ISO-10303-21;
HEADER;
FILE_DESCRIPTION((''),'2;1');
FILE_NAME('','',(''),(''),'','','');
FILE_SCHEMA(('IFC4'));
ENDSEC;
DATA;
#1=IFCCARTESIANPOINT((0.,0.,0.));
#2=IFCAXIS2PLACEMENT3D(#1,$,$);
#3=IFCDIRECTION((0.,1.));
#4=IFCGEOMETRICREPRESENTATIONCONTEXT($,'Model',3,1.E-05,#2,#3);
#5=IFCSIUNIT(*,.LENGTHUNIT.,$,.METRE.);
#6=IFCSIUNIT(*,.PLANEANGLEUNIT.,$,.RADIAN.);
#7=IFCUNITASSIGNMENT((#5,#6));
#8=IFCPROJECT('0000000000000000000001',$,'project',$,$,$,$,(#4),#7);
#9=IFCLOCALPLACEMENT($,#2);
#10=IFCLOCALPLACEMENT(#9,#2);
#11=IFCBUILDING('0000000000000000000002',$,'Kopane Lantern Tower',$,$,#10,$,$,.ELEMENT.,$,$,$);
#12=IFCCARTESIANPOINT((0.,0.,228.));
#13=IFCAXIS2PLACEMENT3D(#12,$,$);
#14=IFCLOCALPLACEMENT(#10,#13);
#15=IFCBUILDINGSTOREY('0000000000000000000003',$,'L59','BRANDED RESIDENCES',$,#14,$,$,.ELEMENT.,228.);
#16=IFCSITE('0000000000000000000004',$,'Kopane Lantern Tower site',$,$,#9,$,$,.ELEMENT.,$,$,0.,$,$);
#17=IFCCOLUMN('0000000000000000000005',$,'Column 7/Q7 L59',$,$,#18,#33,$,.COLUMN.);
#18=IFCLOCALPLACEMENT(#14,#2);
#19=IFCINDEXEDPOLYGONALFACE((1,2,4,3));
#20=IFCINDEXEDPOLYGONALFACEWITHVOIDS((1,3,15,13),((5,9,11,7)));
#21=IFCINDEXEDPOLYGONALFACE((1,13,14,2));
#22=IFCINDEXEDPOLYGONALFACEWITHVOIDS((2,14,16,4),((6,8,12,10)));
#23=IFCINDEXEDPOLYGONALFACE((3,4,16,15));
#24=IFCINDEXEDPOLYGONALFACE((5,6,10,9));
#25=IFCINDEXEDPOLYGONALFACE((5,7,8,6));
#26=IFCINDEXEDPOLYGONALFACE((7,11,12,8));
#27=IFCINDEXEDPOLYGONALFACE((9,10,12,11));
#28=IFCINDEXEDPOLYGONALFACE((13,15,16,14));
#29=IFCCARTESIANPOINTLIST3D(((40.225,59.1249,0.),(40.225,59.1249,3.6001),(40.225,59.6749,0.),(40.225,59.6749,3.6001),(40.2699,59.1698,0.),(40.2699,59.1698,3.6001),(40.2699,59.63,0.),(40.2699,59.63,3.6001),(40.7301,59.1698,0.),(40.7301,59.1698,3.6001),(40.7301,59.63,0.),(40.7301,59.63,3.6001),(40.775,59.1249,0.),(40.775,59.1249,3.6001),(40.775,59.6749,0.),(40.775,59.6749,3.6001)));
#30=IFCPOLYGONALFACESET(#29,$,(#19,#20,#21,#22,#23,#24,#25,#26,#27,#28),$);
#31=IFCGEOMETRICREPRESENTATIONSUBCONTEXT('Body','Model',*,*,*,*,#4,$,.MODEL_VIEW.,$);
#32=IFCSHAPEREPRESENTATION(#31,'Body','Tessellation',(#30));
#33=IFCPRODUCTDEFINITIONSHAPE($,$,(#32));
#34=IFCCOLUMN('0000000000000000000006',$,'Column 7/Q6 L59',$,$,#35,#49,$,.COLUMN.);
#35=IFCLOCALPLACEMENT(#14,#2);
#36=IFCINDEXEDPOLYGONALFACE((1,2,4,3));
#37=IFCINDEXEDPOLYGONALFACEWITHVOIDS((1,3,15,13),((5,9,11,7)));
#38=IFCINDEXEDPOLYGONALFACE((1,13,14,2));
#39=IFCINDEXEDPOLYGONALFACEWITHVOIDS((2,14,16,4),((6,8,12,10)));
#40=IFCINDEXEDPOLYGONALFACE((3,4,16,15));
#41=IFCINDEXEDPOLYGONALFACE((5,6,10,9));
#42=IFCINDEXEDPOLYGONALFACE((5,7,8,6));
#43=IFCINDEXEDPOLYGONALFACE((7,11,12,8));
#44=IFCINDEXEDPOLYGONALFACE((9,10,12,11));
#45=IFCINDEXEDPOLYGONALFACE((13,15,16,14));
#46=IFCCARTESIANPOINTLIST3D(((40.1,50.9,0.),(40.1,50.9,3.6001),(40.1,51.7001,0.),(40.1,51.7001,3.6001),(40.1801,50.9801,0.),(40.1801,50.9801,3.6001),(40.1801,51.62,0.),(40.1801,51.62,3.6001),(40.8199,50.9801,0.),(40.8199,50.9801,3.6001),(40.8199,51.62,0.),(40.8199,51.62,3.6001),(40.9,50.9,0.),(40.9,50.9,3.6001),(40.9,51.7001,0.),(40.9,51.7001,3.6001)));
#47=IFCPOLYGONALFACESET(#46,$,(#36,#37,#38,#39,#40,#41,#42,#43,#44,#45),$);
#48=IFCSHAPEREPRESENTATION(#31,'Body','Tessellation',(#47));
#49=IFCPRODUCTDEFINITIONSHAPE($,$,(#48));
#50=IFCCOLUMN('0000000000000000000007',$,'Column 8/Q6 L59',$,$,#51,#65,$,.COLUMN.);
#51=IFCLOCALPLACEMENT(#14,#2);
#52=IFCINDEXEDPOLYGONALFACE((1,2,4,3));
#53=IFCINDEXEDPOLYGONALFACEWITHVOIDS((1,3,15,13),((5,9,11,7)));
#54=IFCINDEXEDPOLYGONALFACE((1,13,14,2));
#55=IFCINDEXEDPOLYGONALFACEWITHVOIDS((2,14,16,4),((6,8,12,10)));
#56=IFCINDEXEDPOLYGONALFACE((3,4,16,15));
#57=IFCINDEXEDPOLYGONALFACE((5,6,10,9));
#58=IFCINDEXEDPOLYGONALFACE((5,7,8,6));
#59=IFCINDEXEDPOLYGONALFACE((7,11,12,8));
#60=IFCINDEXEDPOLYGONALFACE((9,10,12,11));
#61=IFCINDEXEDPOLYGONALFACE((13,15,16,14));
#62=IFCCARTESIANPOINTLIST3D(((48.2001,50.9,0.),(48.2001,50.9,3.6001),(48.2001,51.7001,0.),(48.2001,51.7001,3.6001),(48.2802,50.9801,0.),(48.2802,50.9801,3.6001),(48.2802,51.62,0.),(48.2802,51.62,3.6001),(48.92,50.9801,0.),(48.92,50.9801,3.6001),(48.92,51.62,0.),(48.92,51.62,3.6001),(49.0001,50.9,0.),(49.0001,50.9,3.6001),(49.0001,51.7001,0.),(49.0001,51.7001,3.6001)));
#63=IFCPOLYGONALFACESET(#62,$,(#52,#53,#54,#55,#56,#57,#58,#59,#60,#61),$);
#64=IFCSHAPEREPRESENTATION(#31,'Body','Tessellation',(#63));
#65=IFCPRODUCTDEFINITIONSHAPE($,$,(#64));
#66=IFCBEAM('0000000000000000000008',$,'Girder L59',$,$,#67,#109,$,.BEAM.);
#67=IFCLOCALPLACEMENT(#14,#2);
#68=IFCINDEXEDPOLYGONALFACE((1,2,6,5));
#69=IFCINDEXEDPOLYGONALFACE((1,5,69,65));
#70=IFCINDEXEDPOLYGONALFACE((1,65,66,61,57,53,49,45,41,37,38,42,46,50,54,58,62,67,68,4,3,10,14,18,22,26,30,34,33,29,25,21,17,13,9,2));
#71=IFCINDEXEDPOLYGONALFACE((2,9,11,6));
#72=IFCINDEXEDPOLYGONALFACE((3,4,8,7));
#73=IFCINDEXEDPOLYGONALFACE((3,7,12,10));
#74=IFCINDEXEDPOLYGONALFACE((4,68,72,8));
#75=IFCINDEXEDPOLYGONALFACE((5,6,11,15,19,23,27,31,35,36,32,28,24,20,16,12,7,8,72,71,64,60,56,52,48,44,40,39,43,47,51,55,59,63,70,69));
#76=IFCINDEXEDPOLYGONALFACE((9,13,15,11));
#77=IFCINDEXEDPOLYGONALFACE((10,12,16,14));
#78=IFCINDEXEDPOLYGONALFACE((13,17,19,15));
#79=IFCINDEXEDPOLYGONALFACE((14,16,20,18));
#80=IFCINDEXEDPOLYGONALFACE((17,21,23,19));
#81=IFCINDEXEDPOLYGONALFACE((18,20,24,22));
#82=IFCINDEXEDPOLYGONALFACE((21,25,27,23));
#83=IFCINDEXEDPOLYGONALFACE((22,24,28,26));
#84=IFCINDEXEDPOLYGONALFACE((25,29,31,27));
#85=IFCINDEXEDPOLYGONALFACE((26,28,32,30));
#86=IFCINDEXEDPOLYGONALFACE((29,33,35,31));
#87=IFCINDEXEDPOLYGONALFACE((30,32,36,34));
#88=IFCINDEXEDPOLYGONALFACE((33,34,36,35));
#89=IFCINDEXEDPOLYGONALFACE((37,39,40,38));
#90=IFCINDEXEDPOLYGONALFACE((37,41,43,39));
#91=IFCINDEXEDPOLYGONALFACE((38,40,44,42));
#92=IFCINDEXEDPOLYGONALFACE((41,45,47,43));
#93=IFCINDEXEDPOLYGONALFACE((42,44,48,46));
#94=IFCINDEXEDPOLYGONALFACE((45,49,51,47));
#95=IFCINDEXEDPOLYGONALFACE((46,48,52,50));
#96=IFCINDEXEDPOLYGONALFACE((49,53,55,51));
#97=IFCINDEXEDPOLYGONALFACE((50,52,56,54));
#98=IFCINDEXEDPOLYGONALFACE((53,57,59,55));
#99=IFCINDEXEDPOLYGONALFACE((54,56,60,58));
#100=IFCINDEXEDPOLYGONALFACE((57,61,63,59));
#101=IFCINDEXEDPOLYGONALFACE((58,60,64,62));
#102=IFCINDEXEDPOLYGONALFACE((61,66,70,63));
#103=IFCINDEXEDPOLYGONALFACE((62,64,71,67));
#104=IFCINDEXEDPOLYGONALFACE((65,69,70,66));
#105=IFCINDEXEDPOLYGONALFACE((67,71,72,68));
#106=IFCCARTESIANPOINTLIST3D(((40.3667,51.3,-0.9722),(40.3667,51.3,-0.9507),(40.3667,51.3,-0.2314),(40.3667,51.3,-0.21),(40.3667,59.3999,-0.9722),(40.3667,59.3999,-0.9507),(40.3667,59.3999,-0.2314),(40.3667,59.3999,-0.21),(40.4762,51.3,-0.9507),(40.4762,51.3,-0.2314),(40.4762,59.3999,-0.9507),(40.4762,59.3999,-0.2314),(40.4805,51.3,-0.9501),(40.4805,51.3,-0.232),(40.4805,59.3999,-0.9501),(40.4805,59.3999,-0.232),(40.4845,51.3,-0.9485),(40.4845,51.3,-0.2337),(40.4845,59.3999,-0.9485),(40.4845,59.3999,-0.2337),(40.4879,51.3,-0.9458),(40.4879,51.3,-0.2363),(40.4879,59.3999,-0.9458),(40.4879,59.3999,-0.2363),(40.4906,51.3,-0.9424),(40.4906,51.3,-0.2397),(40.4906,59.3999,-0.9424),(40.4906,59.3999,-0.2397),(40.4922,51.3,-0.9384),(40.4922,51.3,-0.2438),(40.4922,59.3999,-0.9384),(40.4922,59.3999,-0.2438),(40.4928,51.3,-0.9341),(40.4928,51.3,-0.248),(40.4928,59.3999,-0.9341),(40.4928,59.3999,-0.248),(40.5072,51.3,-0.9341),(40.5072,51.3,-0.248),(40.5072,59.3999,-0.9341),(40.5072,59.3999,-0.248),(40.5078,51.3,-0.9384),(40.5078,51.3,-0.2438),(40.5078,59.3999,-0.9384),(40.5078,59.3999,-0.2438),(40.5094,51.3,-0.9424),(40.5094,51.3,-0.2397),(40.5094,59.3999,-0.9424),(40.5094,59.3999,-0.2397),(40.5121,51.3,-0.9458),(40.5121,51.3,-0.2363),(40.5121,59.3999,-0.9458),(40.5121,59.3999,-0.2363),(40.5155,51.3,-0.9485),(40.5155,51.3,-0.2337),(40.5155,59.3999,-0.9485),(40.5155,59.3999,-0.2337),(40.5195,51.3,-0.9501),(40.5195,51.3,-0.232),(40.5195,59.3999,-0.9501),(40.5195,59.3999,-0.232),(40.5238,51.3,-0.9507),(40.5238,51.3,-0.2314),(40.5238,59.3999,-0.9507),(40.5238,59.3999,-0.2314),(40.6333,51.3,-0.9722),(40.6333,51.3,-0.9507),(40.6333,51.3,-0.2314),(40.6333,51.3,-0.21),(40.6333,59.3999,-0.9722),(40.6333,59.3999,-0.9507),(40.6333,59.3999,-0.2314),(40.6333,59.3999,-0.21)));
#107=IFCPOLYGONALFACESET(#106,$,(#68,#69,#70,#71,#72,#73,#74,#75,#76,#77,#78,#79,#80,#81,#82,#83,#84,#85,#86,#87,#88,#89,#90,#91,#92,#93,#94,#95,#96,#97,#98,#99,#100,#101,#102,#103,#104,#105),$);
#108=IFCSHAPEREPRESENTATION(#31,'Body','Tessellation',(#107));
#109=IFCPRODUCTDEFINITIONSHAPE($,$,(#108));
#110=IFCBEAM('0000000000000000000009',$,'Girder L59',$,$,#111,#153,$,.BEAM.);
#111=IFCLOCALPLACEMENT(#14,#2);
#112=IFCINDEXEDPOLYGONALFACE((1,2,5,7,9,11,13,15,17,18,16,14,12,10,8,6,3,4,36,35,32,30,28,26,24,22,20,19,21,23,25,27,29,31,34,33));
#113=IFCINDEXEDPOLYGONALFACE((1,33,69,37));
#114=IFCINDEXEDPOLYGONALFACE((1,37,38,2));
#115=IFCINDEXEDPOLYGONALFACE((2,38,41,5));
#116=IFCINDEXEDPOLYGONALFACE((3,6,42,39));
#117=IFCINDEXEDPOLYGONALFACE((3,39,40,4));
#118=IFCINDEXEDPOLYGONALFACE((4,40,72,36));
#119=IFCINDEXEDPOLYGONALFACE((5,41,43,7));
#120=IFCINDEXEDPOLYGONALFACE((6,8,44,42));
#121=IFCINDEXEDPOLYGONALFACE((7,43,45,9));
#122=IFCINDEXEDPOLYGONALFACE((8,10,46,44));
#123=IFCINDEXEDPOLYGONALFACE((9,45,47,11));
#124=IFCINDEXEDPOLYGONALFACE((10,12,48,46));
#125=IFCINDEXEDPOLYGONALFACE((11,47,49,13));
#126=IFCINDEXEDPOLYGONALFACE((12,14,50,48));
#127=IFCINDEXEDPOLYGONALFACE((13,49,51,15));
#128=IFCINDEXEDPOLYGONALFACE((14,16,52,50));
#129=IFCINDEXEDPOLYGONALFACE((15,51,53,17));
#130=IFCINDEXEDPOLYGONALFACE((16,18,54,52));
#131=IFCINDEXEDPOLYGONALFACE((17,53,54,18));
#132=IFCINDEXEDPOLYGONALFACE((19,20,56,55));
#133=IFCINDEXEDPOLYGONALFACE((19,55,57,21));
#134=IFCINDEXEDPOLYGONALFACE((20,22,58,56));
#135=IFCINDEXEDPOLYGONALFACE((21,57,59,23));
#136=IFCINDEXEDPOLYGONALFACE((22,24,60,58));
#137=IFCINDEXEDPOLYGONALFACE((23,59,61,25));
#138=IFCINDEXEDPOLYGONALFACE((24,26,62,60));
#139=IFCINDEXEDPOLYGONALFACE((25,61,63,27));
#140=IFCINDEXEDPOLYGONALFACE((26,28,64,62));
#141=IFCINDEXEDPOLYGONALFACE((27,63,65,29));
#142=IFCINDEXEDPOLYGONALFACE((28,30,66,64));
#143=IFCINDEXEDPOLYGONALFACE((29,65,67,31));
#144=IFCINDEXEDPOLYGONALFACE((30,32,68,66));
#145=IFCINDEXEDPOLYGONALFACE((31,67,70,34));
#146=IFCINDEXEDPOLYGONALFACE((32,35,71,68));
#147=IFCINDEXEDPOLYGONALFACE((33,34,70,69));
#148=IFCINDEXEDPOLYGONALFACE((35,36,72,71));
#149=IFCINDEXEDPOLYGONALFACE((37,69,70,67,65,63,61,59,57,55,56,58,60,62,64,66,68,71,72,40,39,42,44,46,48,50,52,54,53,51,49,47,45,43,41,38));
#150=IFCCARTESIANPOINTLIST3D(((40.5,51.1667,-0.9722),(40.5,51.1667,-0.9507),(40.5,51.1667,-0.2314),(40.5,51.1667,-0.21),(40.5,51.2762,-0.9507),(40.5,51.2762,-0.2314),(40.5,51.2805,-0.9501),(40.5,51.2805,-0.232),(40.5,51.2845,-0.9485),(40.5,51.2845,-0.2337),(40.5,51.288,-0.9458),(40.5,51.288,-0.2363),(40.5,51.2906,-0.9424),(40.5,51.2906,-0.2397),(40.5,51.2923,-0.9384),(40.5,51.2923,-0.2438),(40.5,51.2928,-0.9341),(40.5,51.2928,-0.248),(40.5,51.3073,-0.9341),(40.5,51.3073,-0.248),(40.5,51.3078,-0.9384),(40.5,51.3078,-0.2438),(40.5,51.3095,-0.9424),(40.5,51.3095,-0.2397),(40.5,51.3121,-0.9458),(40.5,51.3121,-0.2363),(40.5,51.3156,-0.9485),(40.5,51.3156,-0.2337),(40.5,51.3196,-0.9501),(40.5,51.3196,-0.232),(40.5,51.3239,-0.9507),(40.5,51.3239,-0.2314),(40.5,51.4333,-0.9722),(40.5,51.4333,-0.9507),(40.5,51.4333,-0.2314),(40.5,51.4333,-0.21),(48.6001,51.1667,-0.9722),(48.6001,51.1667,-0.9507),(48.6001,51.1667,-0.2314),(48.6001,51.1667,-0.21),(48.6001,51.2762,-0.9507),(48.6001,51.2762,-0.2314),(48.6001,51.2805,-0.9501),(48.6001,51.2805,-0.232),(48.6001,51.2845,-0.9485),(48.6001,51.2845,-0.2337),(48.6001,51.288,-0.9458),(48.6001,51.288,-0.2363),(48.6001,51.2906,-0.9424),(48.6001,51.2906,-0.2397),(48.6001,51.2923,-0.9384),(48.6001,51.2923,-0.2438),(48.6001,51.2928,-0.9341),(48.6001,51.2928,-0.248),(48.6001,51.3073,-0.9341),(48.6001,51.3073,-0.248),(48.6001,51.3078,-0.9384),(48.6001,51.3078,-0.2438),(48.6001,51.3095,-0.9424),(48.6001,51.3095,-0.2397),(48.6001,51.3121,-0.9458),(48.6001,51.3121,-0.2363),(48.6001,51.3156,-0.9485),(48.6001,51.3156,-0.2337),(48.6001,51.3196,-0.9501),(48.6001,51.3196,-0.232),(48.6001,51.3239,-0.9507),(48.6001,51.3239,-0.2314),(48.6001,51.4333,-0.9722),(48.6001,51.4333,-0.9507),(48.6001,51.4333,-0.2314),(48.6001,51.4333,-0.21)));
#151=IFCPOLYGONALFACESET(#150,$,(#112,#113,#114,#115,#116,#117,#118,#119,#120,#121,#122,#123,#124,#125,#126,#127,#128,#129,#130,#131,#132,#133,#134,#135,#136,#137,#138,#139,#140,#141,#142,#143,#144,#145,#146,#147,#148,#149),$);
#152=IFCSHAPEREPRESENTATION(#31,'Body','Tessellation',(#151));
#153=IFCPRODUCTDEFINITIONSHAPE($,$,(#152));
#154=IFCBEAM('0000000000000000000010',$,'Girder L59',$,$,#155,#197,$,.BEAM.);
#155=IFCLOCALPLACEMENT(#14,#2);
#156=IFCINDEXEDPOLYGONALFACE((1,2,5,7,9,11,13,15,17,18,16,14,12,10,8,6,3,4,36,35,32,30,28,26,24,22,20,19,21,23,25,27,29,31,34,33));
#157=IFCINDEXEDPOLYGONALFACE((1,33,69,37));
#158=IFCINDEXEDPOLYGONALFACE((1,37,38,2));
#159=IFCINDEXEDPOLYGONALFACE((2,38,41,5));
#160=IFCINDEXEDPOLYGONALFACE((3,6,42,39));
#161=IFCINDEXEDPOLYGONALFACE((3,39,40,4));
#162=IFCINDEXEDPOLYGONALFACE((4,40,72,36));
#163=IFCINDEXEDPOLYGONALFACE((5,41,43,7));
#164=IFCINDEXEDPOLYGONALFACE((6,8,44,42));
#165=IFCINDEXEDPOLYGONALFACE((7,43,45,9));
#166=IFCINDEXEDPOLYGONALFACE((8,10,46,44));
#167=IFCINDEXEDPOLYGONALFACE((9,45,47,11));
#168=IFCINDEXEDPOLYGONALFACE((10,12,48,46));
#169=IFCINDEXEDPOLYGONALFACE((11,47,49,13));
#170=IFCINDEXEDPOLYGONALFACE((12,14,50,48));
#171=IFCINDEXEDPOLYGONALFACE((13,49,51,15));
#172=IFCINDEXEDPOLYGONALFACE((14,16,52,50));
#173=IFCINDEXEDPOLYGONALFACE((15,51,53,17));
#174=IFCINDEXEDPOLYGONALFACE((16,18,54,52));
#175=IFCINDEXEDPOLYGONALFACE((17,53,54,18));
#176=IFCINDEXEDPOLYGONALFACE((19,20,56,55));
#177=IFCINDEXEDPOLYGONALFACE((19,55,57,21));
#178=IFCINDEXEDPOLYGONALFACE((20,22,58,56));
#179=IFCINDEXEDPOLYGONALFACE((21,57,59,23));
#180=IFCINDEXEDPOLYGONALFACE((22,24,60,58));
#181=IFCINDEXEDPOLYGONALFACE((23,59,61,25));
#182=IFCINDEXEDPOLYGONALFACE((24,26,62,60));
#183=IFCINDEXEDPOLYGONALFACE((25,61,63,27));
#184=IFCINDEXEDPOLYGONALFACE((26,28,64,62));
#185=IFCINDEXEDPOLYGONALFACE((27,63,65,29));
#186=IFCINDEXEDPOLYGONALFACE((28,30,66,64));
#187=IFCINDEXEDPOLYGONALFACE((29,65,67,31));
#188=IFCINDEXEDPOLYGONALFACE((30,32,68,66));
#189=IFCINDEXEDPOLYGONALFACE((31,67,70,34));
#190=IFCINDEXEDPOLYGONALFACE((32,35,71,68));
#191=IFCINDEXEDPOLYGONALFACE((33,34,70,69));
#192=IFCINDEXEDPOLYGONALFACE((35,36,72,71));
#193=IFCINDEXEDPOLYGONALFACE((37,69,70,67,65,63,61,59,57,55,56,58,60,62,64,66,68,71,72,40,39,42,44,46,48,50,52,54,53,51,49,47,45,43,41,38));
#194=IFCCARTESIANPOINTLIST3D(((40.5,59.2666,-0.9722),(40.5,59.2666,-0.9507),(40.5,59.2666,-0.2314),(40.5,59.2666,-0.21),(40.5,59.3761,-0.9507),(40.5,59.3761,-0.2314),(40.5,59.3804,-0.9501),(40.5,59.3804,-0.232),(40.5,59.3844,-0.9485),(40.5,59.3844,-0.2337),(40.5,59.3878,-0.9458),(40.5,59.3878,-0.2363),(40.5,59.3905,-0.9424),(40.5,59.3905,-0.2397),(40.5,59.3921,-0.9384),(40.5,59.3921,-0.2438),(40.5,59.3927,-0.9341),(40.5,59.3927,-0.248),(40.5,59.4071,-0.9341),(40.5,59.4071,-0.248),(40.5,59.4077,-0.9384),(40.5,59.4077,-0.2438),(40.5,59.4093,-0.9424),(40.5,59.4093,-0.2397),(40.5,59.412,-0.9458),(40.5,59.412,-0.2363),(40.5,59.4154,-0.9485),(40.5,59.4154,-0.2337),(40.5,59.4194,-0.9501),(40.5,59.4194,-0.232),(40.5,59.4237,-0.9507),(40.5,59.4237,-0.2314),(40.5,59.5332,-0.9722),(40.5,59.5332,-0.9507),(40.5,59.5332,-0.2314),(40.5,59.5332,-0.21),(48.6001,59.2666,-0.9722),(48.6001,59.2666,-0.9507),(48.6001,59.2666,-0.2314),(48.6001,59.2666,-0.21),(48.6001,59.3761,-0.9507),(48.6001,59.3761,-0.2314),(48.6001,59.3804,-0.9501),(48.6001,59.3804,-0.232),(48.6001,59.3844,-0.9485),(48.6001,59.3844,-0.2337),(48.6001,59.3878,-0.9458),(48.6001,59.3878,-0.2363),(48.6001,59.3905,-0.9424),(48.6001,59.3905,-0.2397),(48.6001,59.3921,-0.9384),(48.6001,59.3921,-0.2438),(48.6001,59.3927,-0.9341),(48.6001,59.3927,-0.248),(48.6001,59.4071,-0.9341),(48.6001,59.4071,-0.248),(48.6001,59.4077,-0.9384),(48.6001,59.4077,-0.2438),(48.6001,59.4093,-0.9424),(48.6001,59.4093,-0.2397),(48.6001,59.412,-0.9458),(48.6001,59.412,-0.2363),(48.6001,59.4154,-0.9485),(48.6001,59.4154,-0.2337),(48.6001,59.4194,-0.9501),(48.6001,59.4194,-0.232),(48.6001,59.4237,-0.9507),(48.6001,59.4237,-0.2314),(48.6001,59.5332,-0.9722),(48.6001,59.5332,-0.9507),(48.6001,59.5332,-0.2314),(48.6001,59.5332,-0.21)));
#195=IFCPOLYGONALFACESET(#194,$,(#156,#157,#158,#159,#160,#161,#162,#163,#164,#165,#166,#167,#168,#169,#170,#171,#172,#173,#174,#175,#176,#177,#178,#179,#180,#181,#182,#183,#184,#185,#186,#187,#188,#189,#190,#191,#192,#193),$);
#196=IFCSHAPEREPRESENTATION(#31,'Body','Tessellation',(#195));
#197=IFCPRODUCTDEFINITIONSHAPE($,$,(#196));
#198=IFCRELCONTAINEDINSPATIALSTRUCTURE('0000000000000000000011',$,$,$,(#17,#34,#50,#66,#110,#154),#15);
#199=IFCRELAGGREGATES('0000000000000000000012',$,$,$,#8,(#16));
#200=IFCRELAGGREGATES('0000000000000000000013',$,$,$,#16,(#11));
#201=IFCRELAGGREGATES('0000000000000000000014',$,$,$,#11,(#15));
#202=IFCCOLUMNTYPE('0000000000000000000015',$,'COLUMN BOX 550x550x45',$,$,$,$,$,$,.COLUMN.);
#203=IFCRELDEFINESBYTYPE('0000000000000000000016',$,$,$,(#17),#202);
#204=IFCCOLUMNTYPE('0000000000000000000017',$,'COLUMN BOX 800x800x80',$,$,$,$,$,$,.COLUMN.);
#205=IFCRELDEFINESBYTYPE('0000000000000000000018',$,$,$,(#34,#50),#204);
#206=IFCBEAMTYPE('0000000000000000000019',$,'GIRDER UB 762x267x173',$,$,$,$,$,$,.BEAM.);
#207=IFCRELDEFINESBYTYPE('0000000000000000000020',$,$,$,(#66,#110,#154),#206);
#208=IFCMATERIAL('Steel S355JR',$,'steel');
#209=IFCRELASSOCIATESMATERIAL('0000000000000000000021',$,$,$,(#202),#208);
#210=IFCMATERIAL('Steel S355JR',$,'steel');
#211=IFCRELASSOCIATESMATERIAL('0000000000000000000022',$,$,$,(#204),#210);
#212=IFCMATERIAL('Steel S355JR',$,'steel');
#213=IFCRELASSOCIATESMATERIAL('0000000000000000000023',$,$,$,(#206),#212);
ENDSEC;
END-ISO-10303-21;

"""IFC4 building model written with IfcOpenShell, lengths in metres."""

from ifc_helpers import new_model, si_unit, direction, frame, origin, origin_2d, place, context, subcontext, project, spatial, hollow_rectangle, i_section, extrude, material, material_profile, profile_set, type_object, element, save


model = new_model("IFC4")

# Units and contexts
model_context = context("Model", 3, precision=1e-05, world=origin(), true_north=direction((0.0, 1.0)))
body_context = subcontext(model_context, "Body", "Model", "MODEL_VIEW")
ifc_project = project(units=[si_unit("LENGTHUNIT", "METRE"), si_unit("PLANEANGLEUNIT", "RADIAN")], contexts=[model_context])

# Site, building, storey
site_placement = place(None, origin())
site = spatial("IfcSite", under=ifc_project, at=site_placement, Name="Kopane Lantern Tower site", CompositionType="ELEMENT", RefElevation=0.0)
building_placement = place(site_placement, origin())
building = spatial("IfcBuilding", under=site, at=building_placement, Name="Kopane Lantern Tower", CompositionType="ELEMENT")
storey_placement = place(building_placement, frame((0.0, 0.0, 228.0)))
storey = spatial("IfcBuildingStorey", under=building, at=storey_placement, Name="L59", Description="BRANDED RESIDENCES", CompositionType="ELEMENT", Elevation=228.0)

# Columns
ifc_material_1 = material(Name="Steel S355JR", Category="steel")
ifc_material_profile_1 = material_profile(ifc_material_1, hollow_rectangle(XDim=0.55, YDim=0.55, WallThickness=0.0449, at=origin_2d()), Name="BOX 550x550x45")
ifc_profile_set_1 = profile_set([ifc_material_profile_1], Name="Steel S355JR")
column_type_1 = type_object("IfcColumnType", Name="COLUMN BOX 550x550x45", PredefinedType="COLUMN", material=ifc_profile_set_1)
column_placement = place(storey_placement, frame((40.5, 59.3999, 0.0), z_axis=(0.0, 0.0, 1.0), x_axis=(1.0, 0.0, 0.0)))
element("IfcColumn", 1, at=column_placement, inside=storey, type_object=column_type_1, Name="Column 7/Q7 L59", PredefinedType="COLUMN", context=body_context, shape_type="SweptSolid", body=[
    extrude(hollow_rectangle(XDim=0.55, YDim=0.55, WallThickness=0.0449, at=origin_2d()), origin(), (0.0, 0.0, 1.0), 3.6001),
])
ifc_material_2 = material(Name="Steel S355JR", Category="steel")
ifc_material_profile_2 = material_profile(ifc_material_2, hollow_rectangle(XDim=0.8, YDim=0.8, WallThickness=0.0801, at=origin_2d()), Name="BOX 800x800x80")
ifc_profile_set_2 = profile_set([ifc_material_profile_2], Name="Steel S355JR")
column_type_2 = type_object("IfcColumnType", Name="COLUMN BOX 800x800x80", PredefinedType="COLUMN", material=ifc_profile_set_2)
for number, where, z_axis, x_axis, name in (
    (2, (40.5, 51.3, 0.0), (0.0, 0.0, 1.0), (1.0, 0.0, 0.0), "Column 7/Q6 L59"),
    (3, (48.6001, 51.3, 0.0), (0.0, 0.0, 1.0), (1.0, 0.0, 0.0), "Column 8/Q6 L59"),
):
    element("IfcColumn", number, at=place(storey_placement, frame(where, z_axis=z_axis, x_axis=x_axis)), inside=storey, type_object=column_type_2, Name=name, PredefinedType="COLUMN", context=body_context, shape_type="SweptSolid", body=[
        extrude(hollow_rectangle(XDim=0.8, YDim=0.8, WallThickness=0.0801, at=origin_2d()), origin(), (0.0, 0.0, 1.0), 3.6001),
    ])

# Beams
ifc_material_3 = material(Name="Steel S355JR", Category="steel")
ifc_material_profile_3 = material_profile(ifc_material_3, i_section(OverallWidth=0.2666, OverallDepth=0.7622, WebThickness=0.0144, FlangeThickness=0.0215, FilletRadius=0.0166, at=origin_2d()), Name="UB 762x267x173")
ifc_profile_set_3 = profile_set([ifc_material_profile_3], Name="Steel S355JR")
beam_type = type_object("IfcBeamType", Name="GIRDER UB 762x267x173", PredefinedType="BEAM", material=ifc_profile_set_3)
beam_placement = place(storey_placement, frame((40.5, 51.3, -0.5911), z_axis=(0.0, 1.0, 0.0), x_axis=(-1.0, 0.0, 0.0)))
element("IfcBeam", 4, at=beam_placement, inside=storey, type_object=beam_type, Name="Girder L59", PredefinedType="BEAM", context=body_context, shape_type="SweptSolid", body=[
    extrude(i_section(OverallWidth=0.2666, OverallDepth=0.7622, WebThickness=0.0144, FlangeThickness=0.0215, FilletRadius=0.0166, at=origin_2d()), origin(), (0.0, 0.0, 1.0), 8.0999),
])
for number, where, z_axis, x_axis, name in (
    (5, (40.5, 51.3, -0.5911), (1.0, 0.0, 0.0), (0.0, 1.0, 0.0), "Girder L59"),
    (6, (40.5, 59.3999, -0.5911), (1.0, 0.0, 0.0), (0.0, 1.0, 0.0), "Girder L59"),
):
    element("IfcBeam", number, at=place(storey_placement, frame(where, z_axis=z_axis, x_axis=x_axis)), inside=storey, type_object=beam_type, Name=name, PredefinedType="BEAM", context=body_context, shape_type="SweptSolid", body=[
        extrude(i_section(OverallWidth=0.2666, OverallDepth=0.7622, WebThickness=0.0144, FlangeThickness=0.0215, FilletRadius=0.0166, at=origin_2d()), origin(), (0.0, 0.0, 1.0), 8.1001),
    ])

save(model, "model.ifc")
